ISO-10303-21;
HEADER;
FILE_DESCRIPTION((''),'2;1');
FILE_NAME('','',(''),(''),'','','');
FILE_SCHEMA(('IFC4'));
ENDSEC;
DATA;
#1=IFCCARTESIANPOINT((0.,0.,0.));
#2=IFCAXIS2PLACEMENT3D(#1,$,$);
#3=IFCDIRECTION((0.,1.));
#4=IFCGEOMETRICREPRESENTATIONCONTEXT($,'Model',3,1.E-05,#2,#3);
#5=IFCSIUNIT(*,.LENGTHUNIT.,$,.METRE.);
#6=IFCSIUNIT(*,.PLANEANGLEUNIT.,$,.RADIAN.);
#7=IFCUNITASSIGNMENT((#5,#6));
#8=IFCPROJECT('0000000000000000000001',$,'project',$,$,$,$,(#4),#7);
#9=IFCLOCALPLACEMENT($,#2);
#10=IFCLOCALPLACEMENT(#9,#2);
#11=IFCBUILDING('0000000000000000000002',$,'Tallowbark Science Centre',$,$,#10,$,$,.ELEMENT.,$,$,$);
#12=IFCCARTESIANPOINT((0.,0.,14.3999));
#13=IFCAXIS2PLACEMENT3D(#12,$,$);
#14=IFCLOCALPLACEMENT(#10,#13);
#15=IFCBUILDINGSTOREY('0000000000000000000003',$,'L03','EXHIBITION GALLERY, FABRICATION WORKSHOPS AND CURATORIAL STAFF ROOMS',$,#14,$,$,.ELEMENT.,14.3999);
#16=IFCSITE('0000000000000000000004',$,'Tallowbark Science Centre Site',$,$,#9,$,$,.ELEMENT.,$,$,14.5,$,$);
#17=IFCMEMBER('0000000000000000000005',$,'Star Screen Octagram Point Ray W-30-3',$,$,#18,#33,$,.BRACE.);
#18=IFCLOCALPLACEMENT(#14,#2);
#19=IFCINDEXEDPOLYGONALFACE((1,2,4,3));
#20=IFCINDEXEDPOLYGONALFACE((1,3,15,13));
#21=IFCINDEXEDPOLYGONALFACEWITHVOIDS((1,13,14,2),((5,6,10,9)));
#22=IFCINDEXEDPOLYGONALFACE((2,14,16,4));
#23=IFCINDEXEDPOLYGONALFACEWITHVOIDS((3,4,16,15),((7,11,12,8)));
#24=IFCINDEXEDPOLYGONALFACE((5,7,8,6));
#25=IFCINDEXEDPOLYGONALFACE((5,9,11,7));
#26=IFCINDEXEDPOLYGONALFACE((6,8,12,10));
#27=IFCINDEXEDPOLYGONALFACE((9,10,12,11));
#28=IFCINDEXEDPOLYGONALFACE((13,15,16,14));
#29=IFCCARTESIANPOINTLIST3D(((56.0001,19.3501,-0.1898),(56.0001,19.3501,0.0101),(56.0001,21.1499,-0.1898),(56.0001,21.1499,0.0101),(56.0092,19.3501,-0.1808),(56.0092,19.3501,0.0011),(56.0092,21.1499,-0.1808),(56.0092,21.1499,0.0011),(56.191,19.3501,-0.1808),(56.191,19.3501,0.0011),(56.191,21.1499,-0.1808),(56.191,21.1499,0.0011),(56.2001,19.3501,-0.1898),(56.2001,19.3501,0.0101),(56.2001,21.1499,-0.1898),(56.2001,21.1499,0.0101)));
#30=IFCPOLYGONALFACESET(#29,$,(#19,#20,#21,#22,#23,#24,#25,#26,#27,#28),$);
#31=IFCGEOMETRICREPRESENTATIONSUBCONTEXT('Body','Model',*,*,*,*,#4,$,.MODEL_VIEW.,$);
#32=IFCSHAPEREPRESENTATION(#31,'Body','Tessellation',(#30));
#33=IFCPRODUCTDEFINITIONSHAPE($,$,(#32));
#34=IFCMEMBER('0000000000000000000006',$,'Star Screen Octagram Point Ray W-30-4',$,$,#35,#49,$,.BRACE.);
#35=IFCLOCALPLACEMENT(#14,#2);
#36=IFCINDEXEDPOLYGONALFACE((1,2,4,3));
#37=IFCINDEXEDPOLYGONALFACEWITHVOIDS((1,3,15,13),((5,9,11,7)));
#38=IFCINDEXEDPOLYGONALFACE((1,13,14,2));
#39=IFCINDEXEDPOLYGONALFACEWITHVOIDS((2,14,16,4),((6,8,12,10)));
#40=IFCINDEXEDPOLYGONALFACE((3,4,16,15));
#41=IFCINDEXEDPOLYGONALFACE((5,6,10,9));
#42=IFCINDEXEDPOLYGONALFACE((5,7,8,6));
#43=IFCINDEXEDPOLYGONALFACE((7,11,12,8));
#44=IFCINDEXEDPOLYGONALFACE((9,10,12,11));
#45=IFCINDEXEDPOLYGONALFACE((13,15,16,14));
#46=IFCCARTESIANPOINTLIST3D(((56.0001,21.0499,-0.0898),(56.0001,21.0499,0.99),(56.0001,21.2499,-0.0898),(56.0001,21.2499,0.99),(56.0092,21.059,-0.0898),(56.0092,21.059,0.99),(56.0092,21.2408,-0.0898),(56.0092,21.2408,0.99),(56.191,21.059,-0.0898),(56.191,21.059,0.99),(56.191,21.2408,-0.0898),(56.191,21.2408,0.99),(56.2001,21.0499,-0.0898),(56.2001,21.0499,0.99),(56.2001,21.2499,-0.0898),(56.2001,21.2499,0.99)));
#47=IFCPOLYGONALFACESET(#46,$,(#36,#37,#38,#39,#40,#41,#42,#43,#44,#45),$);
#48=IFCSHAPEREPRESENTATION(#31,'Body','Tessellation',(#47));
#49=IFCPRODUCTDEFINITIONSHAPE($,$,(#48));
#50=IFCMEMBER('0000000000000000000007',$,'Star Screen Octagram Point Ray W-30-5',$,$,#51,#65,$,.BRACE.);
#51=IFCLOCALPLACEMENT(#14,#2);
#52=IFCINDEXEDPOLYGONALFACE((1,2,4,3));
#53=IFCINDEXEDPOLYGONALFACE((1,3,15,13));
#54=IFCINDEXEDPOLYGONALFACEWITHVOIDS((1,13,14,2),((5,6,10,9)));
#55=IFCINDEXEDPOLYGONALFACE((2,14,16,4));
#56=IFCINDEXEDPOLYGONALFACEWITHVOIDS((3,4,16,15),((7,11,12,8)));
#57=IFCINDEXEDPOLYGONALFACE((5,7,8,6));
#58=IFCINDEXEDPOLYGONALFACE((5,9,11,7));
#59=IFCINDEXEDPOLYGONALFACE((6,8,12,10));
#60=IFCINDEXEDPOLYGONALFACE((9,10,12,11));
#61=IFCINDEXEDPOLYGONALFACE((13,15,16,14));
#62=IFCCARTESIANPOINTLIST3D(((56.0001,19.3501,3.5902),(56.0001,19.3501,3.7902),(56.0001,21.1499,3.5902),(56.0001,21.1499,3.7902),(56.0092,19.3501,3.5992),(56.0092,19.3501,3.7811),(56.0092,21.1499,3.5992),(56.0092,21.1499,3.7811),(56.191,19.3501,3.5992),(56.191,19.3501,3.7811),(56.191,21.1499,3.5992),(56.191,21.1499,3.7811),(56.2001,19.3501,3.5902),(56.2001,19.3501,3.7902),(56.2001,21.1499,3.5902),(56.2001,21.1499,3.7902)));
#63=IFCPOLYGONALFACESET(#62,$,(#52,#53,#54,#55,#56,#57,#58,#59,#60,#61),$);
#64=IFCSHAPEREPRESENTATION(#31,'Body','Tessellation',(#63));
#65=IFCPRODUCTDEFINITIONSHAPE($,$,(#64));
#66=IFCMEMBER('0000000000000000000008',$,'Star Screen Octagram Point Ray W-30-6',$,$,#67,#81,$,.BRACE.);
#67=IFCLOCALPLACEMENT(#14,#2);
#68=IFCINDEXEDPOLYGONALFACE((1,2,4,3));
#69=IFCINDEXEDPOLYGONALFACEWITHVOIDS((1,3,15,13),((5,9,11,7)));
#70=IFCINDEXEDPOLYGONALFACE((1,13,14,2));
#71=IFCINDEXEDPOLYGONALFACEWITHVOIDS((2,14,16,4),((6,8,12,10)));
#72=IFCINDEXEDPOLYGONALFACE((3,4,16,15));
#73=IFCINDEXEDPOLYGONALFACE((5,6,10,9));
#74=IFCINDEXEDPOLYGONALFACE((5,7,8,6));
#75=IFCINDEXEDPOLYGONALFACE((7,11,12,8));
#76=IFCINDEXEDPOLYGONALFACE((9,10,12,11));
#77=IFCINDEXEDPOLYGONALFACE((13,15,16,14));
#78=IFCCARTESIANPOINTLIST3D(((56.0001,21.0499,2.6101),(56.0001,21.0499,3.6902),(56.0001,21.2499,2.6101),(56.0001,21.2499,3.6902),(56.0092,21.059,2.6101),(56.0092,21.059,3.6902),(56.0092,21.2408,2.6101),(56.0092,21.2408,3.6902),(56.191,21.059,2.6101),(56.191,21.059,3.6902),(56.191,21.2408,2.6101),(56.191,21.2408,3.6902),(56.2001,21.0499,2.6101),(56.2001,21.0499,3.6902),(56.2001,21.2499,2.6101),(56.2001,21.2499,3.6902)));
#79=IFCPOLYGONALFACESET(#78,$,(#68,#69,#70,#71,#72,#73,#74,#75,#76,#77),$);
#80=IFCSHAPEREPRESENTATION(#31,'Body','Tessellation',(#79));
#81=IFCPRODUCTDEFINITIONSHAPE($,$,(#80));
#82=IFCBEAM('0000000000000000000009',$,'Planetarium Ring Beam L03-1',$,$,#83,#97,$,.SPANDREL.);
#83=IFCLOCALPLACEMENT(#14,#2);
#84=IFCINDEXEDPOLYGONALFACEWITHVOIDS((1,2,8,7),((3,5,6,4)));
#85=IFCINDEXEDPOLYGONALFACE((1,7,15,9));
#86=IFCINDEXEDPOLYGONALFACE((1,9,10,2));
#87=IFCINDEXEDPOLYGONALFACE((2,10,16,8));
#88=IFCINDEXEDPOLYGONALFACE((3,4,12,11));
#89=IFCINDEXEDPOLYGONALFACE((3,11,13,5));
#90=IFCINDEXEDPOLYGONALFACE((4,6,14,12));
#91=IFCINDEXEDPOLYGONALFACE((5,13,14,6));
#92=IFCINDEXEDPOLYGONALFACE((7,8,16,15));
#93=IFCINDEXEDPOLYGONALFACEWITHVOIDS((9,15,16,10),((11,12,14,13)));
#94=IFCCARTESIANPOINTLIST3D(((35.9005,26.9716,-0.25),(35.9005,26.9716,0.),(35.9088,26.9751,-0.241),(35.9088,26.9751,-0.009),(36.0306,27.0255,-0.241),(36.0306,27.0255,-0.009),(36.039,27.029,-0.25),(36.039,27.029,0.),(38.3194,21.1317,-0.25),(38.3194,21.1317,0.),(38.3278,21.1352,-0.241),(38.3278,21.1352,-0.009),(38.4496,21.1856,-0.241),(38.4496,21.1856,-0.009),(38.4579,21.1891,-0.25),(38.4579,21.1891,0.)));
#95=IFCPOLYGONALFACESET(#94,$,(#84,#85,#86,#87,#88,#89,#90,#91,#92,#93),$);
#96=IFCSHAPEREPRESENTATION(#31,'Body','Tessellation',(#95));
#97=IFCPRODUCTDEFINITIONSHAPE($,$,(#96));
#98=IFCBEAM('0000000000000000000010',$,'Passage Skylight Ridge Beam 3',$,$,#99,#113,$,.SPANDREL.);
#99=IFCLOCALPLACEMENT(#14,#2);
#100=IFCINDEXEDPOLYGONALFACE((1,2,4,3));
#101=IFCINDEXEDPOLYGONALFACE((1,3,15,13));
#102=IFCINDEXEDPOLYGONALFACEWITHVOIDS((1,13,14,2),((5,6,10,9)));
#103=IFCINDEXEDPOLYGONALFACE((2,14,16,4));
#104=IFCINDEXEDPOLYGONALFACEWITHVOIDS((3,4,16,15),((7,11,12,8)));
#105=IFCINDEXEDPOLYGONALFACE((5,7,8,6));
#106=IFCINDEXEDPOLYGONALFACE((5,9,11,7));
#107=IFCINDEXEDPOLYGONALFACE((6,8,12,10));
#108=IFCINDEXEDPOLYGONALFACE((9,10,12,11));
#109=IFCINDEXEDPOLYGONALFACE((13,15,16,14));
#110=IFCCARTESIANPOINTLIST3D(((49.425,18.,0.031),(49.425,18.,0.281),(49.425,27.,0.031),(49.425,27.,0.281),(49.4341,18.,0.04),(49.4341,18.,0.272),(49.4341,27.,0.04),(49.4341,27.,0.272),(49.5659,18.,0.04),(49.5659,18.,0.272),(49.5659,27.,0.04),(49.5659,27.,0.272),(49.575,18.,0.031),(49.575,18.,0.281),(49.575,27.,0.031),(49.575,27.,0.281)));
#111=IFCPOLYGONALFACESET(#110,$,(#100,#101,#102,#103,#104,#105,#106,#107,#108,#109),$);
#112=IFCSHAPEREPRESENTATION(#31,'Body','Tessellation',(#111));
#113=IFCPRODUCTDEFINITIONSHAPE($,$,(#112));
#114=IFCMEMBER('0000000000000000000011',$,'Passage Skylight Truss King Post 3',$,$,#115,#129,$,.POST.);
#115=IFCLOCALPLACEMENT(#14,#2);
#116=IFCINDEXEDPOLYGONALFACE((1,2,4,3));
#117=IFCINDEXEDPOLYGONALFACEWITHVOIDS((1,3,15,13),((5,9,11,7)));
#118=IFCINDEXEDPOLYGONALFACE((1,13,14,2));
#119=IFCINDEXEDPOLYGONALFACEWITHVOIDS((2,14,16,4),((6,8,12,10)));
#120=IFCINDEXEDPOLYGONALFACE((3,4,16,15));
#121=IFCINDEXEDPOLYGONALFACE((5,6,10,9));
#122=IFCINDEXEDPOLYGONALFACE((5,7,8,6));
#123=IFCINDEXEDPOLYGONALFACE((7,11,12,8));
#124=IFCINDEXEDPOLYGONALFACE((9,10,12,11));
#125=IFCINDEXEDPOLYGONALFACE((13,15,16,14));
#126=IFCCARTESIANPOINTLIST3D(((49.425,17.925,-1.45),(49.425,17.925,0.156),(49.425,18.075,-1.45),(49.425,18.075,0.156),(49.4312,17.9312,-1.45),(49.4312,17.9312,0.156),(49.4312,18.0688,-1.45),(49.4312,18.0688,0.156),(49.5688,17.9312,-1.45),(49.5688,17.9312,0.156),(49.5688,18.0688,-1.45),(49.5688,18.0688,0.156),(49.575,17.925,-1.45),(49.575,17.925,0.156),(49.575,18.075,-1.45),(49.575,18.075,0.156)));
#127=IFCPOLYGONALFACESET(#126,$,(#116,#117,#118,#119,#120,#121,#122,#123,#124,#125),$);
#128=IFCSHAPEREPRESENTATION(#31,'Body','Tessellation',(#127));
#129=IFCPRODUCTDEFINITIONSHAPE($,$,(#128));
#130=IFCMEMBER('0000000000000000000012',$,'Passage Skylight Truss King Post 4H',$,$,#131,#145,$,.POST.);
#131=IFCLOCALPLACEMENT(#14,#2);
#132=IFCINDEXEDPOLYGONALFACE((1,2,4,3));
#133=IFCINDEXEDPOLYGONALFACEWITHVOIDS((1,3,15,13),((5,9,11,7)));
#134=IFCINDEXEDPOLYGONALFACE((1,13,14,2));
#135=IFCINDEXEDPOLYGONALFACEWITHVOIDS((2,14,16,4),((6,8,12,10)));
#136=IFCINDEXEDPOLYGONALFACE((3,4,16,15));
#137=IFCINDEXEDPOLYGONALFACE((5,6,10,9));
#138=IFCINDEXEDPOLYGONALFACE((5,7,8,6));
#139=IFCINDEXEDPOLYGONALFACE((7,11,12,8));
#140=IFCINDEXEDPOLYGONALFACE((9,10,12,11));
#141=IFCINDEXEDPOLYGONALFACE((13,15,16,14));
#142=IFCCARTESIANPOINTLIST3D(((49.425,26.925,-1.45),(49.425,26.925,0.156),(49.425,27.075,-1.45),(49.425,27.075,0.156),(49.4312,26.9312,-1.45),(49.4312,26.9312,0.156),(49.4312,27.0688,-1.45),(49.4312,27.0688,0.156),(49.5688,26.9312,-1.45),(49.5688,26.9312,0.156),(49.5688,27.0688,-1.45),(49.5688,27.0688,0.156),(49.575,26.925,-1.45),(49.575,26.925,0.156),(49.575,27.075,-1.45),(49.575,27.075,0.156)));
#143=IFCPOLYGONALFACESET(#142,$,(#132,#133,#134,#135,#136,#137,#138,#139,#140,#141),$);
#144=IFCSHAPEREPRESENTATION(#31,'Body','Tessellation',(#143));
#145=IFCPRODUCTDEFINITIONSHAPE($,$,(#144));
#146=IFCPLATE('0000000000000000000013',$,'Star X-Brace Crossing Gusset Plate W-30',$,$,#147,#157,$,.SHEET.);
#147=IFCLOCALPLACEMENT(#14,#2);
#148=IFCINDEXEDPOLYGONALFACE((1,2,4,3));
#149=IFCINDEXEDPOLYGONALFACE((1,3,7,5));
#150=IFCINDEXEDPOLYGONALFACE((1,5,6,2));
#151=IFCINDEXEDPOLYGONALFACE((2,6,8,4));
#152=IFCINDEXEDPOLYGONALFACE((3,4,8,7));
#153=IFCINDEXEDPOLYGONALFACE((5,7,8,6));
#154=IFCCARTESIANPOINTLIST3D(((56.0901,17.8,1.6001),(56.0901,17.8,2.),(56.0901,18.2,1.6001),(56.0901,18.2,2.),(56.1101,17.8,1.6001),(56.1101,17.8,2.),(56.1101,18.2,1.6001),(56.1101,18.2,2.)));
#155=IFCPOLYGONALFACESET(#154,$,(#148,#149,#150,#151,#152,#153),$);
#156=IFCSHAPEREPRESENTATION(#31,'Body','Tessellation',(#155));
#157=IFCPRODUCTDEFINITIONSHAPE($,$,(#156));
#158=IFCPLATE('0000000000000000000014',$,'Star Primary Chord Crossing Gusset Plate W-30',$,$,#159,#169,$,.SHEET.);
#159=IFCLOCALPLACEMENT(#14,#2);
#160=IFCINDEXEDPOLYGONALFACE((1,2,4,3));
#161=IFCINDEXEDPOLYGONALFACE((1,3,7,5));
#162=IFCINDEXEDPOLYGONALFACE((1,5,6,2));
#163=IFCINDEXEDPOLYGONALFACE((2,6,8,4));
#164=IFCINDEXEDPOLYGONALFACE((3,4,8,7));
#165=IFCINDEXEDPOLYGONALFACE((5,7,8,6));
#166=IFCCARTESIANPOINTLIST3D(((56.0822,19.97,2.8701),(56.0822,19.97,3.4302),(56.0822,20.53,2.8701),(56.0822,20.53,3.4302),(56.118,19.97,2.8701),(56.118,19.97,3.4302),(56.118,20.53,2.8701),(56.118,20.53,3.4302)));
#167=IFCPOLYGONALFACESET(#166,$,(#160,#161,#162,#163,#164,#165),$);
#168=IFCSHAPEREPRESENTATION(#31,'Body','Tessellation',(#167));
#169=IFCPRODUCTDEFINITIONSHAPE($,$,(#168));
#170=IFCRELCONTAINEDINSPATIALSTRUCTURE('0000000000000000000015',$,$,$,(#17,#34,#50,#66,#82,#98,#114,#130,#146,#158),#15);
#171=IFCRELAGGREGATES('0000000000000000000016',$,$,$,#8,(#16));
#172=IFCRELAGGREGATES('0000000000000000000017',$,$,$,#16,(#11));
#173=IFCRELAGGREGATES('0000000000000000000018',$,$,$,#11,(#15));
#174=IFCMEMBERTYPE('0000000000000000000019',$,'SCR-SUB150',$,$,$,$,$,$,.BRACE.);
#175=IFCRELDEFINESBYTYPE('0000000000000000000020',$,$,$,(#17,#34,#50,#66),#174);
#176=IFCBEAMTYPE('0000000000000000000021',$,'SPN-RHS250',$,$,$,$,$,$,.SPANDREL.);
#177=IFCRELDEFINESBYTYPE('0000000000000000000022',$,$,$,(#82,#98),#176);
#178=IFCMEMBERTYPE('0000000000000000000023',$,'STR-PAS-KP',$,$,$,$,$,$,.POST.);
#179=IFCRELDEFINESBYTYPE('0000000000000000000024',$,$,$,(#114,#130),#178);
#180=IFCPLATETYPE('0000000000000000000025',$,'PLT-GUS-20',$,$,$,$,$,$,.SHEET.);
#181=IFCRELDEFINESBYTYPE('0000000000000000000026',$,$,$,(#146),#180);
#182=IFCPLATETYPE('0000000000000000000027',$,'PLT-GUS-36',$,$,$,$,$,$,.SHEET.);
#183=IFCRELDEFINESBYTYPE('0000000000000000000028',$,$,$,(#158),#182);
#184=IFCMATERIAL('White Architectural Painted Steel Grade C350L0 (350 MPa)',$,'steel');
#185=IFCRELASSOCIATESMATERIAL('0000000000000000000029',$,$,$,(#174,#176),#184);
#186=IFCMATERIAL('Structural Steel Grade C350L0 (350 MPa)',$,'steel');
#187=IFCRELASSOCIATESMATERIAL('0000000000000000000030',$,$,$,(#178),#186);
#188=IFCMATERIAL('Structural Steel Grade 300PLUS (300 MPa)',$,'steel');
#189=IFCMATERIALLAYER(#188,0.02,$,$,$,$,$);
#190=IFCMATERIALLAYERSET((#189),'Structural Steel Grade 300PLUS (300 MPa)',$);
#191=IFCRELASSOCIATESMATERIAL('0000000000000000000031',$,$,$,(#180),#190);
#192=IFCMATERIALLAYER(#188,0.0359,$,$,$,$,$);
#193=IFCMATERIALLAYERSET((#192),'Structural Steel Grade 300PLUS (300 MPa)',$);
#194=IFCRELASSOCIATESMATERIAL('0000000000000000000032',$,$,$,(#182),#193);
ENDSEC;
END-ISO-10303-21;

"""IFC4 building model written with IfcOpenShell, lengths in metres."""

from ifc_helpers import new_model, si_unit, direction, frame, origin, origin_2d, place, context, subcontext, project, spatial, rectangle, hollow_rectangle, extrude, material, layer, layer_set, material_profile, profile_set, type_object, element, save


model = new_model("IFC4")

# Units and contexts
model_context = context("Model", 3, precision=1e-05, world=origin(), true_north=direction((0.0, 1.0)))
body_context = subcontext(model_context, "Body", "Model", "MODEL_VIEW")
ifc_project = project(units=[si_unit("LENGTHUNIT", "METRE"), si_unit("PLANEANGLEUNIT", "RADIAN")], contexts=[model_context])

# Site, building, storey
site_placement = place(None, origin())
site = spatial("IfcSite", under=ifc_project, at=site_placement, Name="Tallowbark Science Centre Site", CompositionType="ELEMENT", RefElevation=14.5)
building_placement = place(site_placement, origin())
building = spatial("IfcBuilding", under=site, at=building_placement, Name="Tallowbark Science Centre", CompositionType="ELEMENT")
storey_placement = place(building_placement, frame((0.0, 0.0, 14.3999)))
storey = spatial("IfcBuildingStorey", under=building, at=storey_placement, Name="L03", Description="EXHIBITION GALLERY, FABRICATION WORKSHOPS AND CURATORIAL STAFF ROOMS", CompositionType="ELEMENT", Elevation=14.3999)

# Shared definitions
ifc_material_1 = material(Name="White Architectural Painted Steel Grade C350L0 (350 MPa)", Category="steel")
ifc_material_2 = material(Name="Structural Steel Grade 300PLUS (300 MPa)", Category="steel")

# Members
ifc_material_3 = material(Name="Structural Steel Grade C350L0 (350 MPa)", Category="steel")
ifc_material_profile_1 = material_profile(ifc_material_1, hollow_rectangle(XDim=0.2, YDim=0.2, WallThickness=0.009, at=origin_2d()), Name="200x200x9.0SHS")
ifc_profile_set_1 = profile_set([ifc_material_profile_1], Name="White Architectural Painted Steel Grade C350L0 (350 MPa)")
member_type_1 = type_object("IfcMemberType", Name="SCR-SUB150", PredefinedType="BRACE", material=ifc_profile_set_1)
member_1_placement = place(storey_placement, frame((56.1001, 21.1499, -0.0898), z_axis=(0.0, -1.0, 0.0), x_axis=(1.0, 0.0, 0.0)))
element("IfcMember", 1, at=member_1_placement, inside=storey, type_object=member_type_1, Name="Star Screen Octagram Point Ray W-30-3", PredefinedType="BRACE", context=body_context, shape_type="SweptSolid", body=[
    extrude(hollow_rectangle(XDim=0.2, YDim=0.2, WallThickness=0.009, at=origin_2d()), origin(), (0.0, 0.0, 1.0), 1.7998),
])
member_2_placement = place(storey_placement, frame((56.1001, 21.1499, -0.0898), z_axis=(0.0, 0.0, 1.0), x_axis=(1.0, 0.0, 0.0)))
element("IfcMember", 2, at=member_2_placement, inside=storey, type_object=member_type_1, Name="Star Screen Octagram Point Ray W-30-4", PredefinedType="BRACE", context=body_context, shape_type="SweptSolid", body=[
    extrude(hollow_rectangle(XDim=0.2, YDim=0.2, WallThickness=0.009, at=origin_2d()), origin(), (0.0, 0.0, 1.0), 1.0798),
])
member_3_placement = place(storey_placement, frame((56.1001, 21.1499, 3.6902), z_axis=(0.0, -1.0, 0.0), x_axis=(1.0, 0.0, 0.0)))
element("IfcMember", 3, at=member_3_placement, inside=storey, type_object=member_type_1, Name="Star Screen Octagram Point Ray W-30-5", PredefinedType="BRACE", context=body_context, shape_type="SweptSolid", body=[
    extrude(hollow_rectangle(XDim=0.2, YDim=0.2, WallThickness=0.009, at=origin_2d()), origin(), (0.0, 0.0, 1.0), 1.7998),
])
member_4_placement = place(storey_placement, frame((56.1001, 21.1499, 3.6902), z_axis=(0.0, 0.0, -1.0), x_axis=(1.0, 0.0, 0.0)))
element("IfcMember", 4, at=member_4_placement, inside=storey, type_object=member_type_1, Name="Star Screen Octagram Point Ray W-30-6", PredefinedType="BRACE", context=body_context, shape_type="SweptSolid", body=[
    extrude(hollow_rectangle(XDim=0.2, YDim=0.2, WallThickness=0.009, at=origin_2d()), origin(), (0.0, 0.0, 1.0), 1.0801),
])

# Beams
ifc_material_profile_2 = material_profile(ifc_material_1, hollow_rectangle(XDim=0.1499, YDim=0.25, WallThickness=0.009, at=origin_2d()), Name="250x150x9.0RHS")
ifc_profile_set_2 = profile_set([ifc_material_profile_2], Name="White Architectural Painted Steel Grade C350L0 (350 MPa)")
beam_type_1 = type_object("IfcBeamType", Name="SPN-RHS250", PredefinedType="SPANDREL", material=ifc_profile_set_2)
beam_1_placement = place(storey_placement, frame((38.3887, 21.1604, -0.125), z_axis=(-0.382684, 0.923879, 0.0), x_axis=(-0.923879, -0.382684, 0.0)))
element("IfcBeam", 5, at=beam_1_placement, inside=storey, type_object=beam_type_1, Name="Planetarium Ring Beam L03-1", PredefinedType="SPANDREL", context=body_context, shape_type="SweptSolid", body=[
    extrude(hollow_rectangle(XDim=0.1499, YDim=0.25, WallThickness=0.009, at=origin_2d()), origin(), (0.0, 0.0, 1.0), 6.321),
])
beam_2_placement = place(storey_placement, frame((49.5, 18.0, 0.156), z_axis=(0.0, 1.0, 0.0), x_axis=(-1.0, 0.0, 0.0)))
element("IfcBeam", 6, at=beam_2_placement, inside=storey, type_object=beam_type_1, Name="Passage Skylight Ridge Beam 3", PredefinedType="SPANDREL", context=body_context, shape_type="SweptSolid", body=[
    extrude(hollow_rectangle(XDim=0.1499, YDim=0.25, WallThickness=0.009, at=origin_2d()), origin(), (0.0, 0.0, 1.0), 9.0),
])

# Members
ifc_material_profile_3 = material_profile(ifc_material_3, hollow_rectangle(XDim=0.1499, YDim=0.1499, WallThickness=0.0061, at=origin_2d()), Name="150x150x6.0SHS")
ifc_profile_set_3 = profile_set([ifc_material_profile_3], Name="Structural Steel Grade C350L0 (350 MPa)")
member_type_2 = type_object("IfcMemberType", Name="STR-PAS-KP", PredefinedType="POST", material=ifc_profile_set_3)
for number, where, z_axis, x_axis, name in (
    (7, (49.5, 18.0, -1.45), (0.0, 0.0, 1.0), (1.0, 0.0, 0.0), "Passage Skylight Truss King Post 3"),
    (8, (49.5, 27.0, -1.45), (0.0, 0.0, 1.0), (1.0, 0.0, 0.0), "Passage Skylight Truss King Post 4H"),
):
    element("IfcMember", number, at=place(storey_placement, frame(where, z_axis=z_axis, x_axis=x_axis)), inside=storey, type_object=member_type_2, Name=name, PredefinedType="POST", context=body_context, shape_type="SweptSolid", body=[
        extrude(hollow_rectangle(XDim=0.1499, YDim=0.1499, WallThickness=0.0061, at=origin_2d()), origin(), (0.0, 0.0, 1.0), 1.606),
    ])

# Plates
ifc_layer_1 = layer(ifc_material_2, 0.02)
ifc_layer_set_1 = layer_set([ifc_layer_1], Name="Structural Steel Grade 300PLUS (300 MPa)")
plate_type_1 = type_object("IfcPlateType", Name="PLT-GUS-20", PredefinedType="SHEET", material=ifc_layer_set_1)
plate_1_placement = place(storey_placement, frame((56.1001, 18.0, 1.6001), z_axis=(0.0, 0.0, 1.0), x_axis=(0.0, 1.0, 0.0)))
element("IfcPlate", 9, at=plate_1_placement, inside=storey, type_object=plate_type_1, Name="Star X-Brace Crossing Gusset Plate W-30", PredefinedType="SHEET", context=body_context, shape_type="SweptSolid", body=[
    extrude(rectangle(XDim=0.3999, YDim=0.02, at=origin_2d()), origin(), (0.0, 0.0, 1.0), 0.3999),
])
ifc_layer_2 = layer(ifc_material_2, 0.0359)
ifc_layer_set_2 = layer_set([ifc_layer_2], Name="Structural Steel Grade 300PLUS (300 MPa)")
plate_type_2 = type_object("IfcPlateType", Name="PLT-GUS-36", PredefinedType="SHEET", material=ifc_layer_set_2)
plate_2_placement = place(storey_placement, frame((56.1001, 20.25, 2.8701), z_axis=(0.0, 0.0, 1.0), x_axis=(0.0, 1.0, 0.0)))
element("IfcPlate", 10, at=plate_2_placement, inside=storey, type_object=plate_type_2, Name="Star Primary Chord Crossing Gusset Plate W-30", PredefinedType="SHEET", context=body_context, shape_type="SweptSolid", body=[
    extrude(rectangle(XDim=0.5601, YDim=0.0359, at=origin_2d()), origin(), (0.0, 0.0, 1.0), 0.5601),
])

save(model, "model.ifc")
